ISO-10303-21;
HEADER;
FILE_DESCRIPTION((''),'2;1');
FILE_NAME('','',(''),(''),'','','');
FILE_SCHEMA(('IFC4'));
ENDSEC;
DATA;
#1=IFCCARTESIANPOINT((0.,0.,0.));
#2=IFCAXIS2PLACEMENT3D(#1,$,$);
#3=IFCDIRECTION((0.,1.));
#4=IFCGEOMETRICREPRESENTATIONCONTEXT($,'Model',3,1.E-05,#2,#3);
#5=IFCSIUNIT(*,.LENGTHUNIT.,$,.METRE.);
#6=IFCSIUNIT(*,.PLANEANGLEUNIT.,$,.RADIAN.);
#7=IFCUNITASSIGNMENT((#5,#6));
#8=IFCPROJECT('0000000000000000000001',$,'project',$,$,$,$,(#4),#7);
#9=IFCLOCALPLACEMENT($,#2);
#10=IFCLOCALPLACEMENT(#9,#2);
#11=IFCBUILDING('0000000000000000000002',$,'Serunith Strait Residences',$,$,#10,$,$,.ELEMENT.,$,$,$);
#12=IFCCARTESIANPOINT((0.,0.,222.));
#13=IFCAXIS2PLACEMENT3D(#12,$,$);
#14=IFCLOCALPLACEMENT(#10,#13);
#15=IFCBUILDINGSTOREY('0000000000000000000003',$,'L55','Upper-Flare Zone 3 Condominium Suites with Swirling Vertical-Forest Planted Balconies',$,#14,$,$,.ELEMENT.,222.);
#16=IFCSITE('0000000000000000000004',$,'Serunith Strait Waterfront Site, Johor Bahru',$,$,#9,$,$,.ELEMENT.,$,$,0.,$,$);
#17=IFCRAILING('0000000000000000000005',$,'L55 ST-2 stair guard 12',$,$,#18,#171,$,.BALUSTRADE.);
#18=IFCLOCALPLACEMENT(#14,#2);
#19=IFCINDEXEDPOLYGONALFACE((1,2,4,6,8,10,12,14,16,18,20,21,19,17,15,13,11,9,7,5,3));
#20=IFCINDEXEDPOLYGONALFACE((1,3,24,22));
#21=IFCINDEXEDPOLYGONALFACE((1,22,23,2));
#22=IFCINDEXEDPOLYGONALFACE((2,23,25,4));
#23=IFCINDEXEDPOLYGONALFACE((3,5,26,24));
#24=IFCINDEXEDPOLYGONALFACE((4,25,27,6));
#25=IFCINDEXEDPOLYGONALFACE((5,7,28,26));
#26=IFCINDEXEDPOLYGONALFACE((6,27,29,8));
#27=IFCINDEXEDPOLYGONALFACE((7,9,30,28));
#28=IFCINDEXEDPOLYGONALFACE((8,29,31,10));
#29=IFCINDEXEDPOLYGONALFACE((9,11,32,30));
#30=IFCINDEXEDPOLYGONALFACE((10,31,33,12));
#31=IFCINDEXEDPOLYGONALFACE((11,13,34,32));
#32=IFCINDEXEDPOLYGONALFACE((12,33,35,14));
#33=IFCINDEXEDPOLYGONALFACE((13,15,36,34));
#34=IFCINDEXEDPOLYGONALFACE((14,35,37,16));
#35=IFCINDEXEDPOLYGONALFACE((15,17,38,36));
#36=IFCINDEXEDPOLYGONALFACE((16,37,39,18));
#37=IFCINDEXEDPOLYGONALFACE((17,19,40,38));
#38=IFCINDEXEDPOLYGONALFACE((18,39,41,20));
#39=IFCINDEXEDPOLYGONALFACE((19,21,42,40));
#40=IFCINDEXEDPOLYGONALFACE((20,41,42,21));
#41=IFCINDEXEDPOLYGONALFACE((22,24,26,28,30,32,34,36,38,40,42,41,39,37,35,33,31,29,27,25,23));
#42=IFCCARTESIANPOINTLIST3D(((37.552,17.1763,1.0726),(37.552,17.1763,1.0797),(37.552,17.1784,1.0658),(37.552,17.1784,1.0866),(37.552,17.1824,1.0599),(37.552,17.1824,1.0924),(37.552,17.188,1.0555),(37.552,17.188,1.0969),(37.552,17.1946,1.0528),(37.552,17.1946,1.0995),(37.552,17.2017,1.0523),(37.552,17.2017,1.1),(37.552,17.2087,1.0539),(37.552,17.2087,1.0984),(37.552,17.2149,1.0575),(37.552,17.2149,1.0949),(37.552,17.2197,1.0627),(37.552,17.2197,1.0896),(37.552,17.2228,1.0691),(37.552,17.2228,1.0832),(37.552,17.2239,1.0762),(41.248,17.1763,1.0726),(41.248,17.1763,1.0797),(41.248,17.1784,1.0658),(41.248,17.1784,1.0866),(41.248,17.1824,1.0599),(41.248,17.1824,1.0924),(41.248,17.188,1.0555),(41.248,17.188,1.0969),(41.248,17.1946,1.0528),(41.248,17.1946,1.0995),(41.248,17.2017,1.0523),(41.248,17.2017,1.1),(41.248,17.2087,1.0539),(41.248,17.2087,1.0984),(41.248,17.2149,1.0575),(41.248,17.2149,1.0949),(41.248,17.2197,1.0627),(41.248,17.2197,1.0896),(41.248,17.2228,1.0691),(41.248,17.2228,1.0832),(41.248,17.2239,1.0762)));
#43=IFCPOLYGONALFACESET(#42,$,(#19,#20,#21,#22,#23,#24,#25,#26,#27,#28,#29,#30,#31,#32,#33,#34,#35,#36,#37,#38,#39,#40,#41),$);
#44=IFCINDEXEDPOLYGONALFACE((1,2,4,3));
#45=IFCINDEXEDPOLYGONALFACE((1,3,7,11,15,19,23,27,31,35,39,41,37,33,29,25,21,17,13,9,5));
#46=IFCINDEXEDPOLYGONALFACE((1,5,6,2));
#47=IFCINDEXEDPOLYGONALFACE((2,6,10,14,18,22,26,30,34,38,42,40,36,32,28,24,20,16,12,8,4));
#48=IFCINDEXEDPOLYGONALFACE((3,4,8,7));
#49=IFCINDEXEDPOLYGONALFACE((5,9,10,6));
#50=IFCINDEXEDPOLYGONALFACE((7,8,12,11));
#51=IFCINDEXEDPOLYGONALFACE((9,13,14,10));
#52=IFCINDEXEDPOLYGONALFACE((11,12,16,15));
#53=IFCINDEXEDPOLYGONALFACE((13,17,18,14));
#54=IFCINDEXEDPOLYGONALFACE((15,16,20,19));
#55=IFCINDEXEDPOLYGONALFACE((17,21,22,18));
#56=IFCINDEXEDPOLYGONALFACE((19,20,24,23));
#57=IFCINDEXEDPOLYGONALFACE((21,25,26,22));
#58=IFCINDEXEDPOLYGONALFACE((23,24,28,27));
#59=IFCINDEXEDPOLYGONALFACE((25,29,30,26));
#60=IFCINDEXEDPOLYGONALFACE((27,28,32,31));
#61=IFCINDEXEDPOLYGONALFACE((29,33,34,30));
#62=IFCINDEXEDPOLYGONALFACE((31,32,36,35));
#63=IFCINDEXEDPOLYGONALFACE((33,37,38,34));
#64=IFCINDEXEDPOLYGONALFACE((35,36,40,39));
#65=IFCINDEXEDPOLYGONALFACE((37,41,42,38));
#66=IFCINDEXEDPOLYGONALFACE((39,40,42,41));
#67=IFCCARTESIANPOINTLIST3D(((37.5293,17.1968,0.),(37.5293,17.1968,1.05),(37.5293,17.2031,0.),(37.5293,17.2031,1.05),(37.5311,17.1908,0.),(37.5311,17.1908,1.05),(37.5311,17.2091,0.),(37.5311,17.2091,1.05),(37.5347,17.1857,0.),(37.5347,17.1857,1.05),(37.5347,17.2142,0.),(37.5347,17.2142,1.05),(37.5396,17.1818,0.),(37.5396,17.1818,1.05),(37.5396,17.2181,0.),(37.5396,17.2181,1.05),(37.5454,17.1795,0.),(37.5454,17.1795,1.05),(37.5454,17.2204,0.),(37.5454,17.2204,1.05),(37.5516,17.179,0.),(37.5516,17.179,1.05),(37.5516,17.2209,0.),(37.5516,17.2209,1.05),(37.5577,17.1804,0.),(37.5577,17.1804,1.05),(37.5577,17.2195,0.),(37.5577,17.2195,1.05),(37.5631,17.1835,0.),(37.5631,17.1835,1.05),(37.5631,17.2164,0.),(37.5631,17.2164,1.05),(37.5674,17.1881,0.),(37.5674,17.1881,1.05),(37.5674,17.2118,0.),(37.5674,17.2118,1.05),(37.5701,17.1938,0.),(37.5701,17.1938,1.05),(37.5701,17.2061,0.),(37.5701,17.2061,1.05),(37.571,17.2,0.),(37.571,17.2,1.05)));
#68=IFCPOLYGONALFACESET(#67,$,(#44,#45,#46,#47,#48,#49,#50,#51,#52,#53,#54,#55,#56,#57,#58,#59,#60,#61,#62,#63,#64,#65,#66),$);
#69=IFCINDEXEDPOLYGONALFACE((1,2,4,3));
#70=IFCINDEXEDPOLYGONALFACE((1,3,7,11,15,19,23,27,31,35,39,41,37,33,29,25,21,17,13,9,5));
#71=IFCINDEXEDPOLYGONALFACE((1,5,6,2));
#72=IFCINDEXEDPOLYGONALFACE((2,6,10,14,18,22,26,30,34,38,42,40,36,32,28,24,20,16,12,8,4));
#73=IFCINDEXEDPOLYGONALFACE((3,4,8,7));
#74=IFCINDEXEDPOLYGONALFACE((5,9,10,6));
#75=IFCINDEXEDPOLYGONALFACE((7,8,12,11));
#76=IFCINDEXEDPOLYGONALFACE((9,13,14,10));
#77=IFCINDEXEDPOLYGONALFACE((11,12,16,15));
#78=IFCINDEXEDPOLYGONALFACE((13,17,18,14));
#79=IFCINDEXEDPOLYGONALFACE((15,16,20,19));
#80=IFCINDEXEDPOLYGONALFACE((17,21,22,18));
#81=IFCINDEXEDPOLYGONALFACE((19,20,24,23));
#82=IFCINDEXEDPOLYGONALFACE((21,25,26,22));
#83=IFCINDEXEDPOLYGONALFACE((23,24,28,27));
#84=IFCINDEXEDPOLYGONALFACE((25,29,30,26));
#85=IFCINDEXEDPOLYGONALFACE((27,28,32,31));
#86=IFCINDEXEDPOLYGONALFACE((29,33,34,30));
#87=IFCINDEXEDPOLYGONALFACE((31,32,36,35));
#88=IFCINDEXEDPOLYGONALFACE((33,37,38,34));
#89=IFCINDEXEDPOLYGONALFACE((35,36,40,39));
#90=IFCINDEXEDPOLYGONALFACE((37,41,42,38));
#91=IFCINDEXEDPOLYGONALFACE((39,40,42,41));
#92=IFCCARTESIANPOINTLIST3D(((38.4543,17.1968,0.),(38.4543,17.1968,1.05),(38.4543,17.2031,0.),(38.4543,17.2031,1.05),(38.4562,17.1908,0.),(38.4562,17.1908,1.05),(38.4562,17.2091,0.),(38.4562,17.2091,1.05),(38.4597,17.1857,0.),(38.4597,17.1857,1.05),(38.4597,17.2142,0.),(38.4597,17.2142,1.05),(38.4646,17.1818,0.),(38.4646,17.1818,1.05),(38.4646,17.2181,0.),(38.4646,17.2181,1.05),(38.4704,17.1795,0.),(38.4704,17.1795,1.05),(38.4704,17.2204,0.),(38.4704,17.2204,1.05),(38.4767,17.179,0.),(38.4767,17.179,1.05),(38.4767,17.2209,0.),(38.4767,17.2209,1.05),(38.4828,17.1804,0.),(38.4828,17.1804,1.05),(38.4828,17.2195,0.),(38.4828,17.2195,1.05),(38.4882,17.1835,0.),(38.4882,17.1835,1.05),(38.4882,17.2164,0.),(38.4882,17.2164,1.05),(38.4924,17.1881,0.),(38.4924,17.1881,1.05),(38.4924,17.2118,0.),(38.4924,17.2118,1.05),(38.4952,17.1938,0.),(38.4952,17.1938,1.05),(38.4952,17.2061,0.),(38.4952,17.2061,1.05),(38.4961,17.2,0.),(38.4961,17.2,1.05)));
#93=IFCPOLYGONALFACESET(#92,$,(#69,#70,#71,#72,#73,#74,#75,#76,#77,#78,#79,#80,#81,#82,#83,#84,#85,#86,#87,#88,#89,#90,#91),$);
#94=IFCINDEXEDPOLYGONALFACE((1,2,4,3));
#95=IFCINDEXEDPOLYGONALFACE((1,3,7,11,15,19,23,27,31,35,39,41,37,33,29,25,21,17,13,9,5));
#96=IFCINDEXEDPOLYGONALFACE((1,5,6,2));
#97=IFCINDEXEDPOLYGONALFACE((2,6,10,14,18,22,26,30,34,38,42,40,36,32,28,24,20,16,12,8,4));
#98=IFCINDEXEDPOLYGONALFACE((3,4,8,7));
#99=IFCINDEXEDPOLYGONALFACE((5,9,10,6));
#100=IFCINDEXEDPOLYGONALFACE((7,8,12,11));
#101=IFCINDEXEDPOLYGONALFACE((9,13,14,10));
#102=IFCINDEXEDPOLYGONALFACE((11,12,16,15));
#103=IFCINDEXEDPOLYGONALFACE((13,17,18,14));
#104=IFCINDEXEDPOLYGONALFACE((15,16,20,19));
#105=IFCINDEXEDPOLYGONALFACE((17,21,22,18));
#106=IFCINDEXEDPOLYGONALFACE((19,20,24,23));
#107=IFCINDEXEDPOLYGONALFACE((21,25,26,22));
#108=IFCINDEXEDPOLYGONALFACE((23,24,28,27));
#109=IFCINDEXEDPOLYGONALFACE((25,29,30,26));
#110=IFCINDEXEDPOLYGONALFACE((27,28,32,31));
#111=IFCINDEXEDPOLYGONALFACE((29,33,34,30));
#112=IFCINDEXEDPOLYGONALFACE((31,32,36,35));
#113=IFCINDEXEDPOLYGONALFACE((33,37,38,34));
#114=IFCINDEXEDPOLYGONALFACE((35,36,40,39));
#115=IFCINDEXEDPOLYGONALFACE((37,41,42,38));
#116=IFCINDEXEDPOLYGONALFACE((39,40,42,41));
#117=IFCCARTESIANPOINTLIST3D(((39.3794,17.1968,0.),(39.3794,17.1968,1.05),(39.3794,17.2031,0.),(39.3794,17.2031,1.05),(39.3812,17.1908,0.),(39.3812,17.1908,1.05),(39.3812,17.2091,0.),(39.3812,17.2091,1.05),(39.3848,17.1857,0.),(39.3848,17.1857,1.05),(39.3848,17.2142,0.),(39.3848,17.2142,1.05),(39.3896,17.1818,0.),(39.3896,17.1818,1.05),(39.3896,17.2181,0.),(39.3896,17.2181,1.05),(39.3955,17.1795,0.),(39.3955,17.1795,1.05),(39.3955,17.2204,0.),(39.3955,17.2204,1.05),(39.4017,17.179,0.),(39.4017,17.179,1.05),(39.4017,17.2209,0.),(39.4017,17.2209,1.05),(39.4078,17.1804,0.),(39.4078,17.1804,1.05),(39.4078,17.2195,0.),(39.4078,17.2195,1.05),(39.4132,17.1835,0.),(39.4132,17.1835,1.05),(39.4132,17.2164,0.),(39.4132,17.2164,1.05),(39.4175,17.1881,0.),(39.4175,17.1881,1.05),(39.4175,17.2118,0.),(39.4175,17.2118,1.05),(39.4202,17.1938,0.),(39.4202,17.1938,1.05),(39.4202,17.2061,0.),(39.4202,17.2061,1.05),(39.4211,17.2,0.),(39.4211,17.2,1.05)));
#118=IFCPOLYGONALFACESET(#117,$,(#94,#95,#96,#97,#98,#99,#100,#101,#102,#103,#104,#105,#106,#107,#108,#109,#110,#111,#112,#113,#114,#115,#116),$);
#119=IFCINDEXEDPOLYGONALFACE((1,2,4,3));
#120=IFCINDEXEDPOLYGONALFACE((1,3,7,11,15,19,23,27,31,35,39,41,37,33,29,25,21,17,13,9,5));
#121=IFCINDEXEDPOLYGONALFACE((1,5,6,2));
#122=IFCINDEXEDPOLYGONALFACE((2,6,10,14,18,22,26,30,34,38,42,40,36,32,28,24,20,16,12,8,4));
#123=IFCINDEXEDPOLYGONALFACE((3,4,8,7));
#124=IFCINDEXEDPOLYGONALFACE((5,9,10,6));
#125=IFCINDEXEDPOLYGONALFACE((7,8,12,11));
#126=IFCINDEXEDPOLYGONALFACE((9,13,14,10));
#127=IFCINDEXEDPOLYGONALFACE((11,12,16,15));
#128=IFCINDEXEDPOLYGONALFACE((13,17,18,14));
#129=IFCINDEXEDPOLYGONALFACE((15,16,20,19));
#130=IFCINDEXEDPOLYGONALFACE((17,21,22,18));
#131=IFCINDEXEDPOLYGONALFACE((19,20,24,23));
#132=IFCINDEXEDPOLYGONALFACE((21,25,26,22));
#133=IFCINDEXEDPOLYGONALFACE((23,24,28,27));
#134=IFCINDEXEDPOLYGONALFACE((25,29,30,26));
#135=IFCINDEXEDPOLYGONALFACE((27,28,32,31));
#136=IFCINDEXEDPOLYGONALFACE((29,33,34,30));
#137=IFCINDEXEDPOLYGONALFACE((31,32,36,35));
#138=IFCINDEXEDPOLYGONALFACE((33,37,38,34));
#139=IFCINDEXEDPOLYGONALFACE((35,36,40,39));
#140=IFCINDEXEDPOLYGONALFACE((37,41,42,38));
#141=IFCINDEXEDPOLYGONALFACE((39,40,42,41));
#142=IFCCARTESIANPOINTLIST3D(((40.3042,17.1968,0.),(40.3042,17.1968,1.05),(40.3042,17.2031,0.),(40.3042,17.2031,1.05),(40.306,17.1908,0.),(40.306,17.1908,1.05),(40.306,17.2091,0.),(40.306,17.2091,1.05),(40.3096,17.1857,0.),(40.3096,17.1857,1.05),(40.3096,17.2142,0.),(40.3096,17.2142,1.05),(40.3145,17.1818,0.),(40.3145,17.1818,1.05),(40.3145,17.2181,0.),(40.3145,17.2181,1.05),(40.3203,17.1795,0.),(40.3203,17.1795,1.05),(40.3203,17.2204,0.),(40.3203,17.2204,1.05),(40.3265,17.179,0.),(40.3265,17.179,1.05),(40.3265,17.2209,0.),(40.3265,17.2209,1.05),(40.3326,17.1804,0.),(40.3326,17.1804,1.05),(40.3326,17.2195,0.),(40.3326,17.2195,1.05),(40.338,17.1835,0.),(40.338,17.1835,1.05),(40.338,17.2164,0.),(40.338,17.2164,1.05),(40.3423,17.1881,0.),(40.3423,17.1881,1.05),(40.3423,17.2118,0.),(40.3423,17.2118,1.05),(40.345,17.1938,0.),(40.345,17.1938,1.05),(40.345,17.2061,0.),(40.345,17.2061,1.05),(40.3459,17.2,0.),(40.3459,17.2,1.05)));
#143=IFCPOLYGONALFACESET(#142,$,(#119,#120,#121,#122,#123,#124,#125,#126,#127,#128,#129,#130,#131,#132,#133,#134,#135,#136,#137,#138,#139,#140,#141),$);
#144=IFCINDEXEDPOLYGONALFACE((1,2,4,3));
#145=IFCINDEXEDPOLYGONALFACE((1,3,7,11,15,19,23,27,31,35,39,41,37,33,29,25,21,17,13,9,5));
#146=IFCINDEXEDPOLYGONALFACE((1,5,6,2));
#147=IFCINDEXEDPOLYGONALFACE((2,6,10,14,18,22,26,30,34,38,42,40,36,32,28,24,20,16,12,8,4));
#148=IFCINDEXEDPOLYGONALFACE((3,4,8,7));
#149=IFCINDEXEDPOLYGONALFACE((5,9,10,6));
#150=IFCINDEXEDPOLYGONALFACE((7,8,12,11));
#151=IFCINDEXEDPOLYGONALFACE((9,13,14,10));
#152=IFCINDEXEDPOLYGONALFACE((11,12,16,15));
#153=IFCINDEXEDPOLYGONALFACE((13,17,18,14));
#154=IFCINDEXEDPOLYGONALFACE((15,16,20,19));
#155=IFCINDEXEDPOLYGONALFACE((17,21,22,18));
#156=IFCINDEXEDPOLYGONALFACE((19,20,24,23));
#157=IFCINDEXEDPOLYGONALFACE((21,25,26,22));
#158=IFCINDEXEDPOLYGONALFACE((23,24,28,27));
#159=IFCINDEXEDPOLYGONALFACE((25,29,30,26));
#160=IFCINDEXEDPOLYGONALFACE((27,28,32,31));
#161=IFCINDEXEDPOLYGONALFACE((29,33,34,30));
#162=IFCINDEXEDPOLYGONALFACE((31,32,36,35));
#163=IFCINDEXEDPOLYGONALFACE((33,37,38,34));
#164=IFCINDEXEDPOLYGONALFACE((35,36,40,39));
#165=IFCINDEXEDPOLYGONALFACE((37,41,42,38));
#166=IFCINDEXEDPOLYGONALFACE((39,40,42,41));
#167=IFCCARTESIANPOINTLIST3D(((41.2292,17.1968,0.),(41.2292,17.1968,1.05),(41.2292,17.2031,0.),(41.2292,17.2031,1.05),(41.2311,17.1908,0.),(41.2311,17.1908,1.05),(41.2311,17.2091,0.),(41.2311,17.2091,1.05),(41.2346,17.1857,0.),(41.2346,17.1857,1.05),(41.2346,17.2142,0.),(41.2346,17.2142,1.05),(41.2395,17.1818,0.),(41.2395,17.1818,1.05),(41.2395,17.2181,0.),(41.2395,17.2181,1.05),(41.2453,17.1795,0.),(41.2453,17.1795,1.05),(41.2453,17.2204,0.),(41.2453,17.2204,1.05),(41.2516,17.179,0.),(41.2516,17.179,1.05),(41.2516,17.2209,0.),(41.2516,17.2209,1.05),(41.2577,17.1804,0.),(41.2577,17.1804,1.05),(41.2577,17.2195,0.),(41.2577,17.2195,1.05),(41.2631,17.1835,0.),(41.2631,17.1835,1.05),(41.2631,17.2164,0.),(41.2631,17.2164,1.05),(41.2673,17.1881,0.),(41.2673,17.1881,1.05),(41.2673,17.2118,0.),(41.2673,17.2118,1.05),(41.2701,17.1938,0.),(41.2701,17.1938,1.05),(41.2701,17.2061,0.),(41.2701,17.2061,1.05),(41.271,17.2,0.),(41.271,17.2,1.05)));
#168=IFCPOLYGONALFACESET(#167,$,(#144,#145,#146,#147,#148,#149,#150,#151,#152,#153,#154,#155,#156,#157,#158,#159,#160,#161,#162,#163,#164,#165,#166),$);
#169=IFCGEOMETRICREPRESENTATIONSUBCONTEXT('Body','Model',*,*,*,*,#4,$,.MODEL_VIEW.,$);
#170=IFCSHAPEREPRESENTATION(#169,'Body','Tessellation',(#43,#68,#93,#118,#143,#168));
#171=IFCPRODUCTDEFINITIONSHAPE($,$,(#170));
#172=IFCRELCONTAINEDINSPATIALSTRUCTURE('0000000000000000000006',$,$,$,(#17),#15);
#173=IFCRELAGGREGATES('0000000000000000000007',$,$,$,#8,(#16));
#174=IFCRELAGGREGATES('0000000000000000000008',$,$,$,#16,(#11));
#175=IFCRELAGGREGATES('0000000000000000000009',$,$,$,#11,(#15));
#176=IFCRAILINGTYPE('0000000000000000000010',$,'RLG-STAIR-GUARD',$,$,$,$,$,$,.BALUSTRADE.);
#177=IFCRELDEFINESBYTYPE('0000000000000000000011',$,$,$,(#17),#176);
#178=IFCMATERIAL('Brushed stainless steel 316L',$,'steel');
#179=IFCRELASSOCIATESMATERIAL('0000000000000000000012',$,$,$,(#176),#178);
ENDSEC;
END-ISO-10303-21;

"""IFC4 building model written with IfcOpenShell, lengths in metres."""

from ifc_helpers import new_model, si_unit, direction, frame, origin, origin_2d, place, context, subcontext, project, spatial, circle, extrude, material, type_object, element, save


model = new_model("IFC4")

# Units and contexts
model_context = context("Model", 3, precision=1e-05, world=origin(), true_north=direction((0.0, 1.0)))
body_context = subcontext(model_context, "Body", "Model", "MODEL_VIEW")
ifc_project = project(units=[si_unit("LENGTHUNIT", "METRE"), si_unit("PLANEANGLEUNIT", "RADIAN")], contexts=[model_context])

# Site, building, storey
site_placement = place(None, origin())
site = spatial("IfcSite", under=ifc_project, at=site_placement, Name="Serunith Strait Waterfront Site, Johor Bahru", CompositionType="ELEMENT", RefElevation=0.0)
building_placement = place(site_placement, origin())
building = spatial("IfcBuilding", under=site, at=building_placement, Name="Serunith Strait Residences", CompositionType="ELEMENT")
storey_placement = place(building_placement, frame((0.0, 0.0, 222.0)))
storey = spatial("IfcBuildingStorey", under=building, at=storey_placement, Name="L55", Description="Upper-Flare Zone 3 Condominium Suites with Swirling Vertical-Forest Planted Balconies", CompositionType="ELEMENT", Elevation=222.0)

# Railing
ifc_material_1 = material(Name="Brushed stainless steel 316L", Category="steel")
railing_type_1 = type_object("IfcRailingType", Name="RLG-STAIR-GUARD", PredefinedType="BALUSTRADE", material=ifc_material_1)
railing_1_placement = place(storey_placement, frame((37.55, 17.2, 0.0)))
element("IfcRailing", 1, at=railing_1_placement, inside=storey, type_object=railing_type_1, Name="L55 ST-2 stair guard 12", PredefinedType="BALUSTRADE", context=body_context, shape_type="SweptSolid", body=[
    extrude(circle(Radius=0.0239, at=origin_2d()), frame((0.002, 0.0, 1.0762), z_axis=(1.0, 0.0, 0.0), x_axis=(0.0, 1.0, 0.0)), (0.0, 0.0, 1.0), 3.696),
    extrude(circle(Radius=0.021, at=origin_2d()), origin(), (0.0, 0.0, 1.0), 1.05),
    extrude(circle(Radius=0.021, at=origin_2d()), frame((0.925, 0.0, 0.0)), (0.0, 0.0, 1.0), 1.05),
    extrude(circle(Radius=0.021, at=origin_2d()), frame((1.8501, 0.0, 0.0)), (0.0, 0.0, 1.0), 1.05),
    extrude(circle(Radius=0.021, at=origin_2d()), frame((2.7749, 0.0, 0.0)), (0.0, 0.0, 1.0), 1.05),
    extrude(circle(Radius=0.021, at=origin_2d()), frame((3.7, 0.0, 0.0)), (0.0, 0.0, 1.0), 1.05),
])

save(model, "model.ifc")
